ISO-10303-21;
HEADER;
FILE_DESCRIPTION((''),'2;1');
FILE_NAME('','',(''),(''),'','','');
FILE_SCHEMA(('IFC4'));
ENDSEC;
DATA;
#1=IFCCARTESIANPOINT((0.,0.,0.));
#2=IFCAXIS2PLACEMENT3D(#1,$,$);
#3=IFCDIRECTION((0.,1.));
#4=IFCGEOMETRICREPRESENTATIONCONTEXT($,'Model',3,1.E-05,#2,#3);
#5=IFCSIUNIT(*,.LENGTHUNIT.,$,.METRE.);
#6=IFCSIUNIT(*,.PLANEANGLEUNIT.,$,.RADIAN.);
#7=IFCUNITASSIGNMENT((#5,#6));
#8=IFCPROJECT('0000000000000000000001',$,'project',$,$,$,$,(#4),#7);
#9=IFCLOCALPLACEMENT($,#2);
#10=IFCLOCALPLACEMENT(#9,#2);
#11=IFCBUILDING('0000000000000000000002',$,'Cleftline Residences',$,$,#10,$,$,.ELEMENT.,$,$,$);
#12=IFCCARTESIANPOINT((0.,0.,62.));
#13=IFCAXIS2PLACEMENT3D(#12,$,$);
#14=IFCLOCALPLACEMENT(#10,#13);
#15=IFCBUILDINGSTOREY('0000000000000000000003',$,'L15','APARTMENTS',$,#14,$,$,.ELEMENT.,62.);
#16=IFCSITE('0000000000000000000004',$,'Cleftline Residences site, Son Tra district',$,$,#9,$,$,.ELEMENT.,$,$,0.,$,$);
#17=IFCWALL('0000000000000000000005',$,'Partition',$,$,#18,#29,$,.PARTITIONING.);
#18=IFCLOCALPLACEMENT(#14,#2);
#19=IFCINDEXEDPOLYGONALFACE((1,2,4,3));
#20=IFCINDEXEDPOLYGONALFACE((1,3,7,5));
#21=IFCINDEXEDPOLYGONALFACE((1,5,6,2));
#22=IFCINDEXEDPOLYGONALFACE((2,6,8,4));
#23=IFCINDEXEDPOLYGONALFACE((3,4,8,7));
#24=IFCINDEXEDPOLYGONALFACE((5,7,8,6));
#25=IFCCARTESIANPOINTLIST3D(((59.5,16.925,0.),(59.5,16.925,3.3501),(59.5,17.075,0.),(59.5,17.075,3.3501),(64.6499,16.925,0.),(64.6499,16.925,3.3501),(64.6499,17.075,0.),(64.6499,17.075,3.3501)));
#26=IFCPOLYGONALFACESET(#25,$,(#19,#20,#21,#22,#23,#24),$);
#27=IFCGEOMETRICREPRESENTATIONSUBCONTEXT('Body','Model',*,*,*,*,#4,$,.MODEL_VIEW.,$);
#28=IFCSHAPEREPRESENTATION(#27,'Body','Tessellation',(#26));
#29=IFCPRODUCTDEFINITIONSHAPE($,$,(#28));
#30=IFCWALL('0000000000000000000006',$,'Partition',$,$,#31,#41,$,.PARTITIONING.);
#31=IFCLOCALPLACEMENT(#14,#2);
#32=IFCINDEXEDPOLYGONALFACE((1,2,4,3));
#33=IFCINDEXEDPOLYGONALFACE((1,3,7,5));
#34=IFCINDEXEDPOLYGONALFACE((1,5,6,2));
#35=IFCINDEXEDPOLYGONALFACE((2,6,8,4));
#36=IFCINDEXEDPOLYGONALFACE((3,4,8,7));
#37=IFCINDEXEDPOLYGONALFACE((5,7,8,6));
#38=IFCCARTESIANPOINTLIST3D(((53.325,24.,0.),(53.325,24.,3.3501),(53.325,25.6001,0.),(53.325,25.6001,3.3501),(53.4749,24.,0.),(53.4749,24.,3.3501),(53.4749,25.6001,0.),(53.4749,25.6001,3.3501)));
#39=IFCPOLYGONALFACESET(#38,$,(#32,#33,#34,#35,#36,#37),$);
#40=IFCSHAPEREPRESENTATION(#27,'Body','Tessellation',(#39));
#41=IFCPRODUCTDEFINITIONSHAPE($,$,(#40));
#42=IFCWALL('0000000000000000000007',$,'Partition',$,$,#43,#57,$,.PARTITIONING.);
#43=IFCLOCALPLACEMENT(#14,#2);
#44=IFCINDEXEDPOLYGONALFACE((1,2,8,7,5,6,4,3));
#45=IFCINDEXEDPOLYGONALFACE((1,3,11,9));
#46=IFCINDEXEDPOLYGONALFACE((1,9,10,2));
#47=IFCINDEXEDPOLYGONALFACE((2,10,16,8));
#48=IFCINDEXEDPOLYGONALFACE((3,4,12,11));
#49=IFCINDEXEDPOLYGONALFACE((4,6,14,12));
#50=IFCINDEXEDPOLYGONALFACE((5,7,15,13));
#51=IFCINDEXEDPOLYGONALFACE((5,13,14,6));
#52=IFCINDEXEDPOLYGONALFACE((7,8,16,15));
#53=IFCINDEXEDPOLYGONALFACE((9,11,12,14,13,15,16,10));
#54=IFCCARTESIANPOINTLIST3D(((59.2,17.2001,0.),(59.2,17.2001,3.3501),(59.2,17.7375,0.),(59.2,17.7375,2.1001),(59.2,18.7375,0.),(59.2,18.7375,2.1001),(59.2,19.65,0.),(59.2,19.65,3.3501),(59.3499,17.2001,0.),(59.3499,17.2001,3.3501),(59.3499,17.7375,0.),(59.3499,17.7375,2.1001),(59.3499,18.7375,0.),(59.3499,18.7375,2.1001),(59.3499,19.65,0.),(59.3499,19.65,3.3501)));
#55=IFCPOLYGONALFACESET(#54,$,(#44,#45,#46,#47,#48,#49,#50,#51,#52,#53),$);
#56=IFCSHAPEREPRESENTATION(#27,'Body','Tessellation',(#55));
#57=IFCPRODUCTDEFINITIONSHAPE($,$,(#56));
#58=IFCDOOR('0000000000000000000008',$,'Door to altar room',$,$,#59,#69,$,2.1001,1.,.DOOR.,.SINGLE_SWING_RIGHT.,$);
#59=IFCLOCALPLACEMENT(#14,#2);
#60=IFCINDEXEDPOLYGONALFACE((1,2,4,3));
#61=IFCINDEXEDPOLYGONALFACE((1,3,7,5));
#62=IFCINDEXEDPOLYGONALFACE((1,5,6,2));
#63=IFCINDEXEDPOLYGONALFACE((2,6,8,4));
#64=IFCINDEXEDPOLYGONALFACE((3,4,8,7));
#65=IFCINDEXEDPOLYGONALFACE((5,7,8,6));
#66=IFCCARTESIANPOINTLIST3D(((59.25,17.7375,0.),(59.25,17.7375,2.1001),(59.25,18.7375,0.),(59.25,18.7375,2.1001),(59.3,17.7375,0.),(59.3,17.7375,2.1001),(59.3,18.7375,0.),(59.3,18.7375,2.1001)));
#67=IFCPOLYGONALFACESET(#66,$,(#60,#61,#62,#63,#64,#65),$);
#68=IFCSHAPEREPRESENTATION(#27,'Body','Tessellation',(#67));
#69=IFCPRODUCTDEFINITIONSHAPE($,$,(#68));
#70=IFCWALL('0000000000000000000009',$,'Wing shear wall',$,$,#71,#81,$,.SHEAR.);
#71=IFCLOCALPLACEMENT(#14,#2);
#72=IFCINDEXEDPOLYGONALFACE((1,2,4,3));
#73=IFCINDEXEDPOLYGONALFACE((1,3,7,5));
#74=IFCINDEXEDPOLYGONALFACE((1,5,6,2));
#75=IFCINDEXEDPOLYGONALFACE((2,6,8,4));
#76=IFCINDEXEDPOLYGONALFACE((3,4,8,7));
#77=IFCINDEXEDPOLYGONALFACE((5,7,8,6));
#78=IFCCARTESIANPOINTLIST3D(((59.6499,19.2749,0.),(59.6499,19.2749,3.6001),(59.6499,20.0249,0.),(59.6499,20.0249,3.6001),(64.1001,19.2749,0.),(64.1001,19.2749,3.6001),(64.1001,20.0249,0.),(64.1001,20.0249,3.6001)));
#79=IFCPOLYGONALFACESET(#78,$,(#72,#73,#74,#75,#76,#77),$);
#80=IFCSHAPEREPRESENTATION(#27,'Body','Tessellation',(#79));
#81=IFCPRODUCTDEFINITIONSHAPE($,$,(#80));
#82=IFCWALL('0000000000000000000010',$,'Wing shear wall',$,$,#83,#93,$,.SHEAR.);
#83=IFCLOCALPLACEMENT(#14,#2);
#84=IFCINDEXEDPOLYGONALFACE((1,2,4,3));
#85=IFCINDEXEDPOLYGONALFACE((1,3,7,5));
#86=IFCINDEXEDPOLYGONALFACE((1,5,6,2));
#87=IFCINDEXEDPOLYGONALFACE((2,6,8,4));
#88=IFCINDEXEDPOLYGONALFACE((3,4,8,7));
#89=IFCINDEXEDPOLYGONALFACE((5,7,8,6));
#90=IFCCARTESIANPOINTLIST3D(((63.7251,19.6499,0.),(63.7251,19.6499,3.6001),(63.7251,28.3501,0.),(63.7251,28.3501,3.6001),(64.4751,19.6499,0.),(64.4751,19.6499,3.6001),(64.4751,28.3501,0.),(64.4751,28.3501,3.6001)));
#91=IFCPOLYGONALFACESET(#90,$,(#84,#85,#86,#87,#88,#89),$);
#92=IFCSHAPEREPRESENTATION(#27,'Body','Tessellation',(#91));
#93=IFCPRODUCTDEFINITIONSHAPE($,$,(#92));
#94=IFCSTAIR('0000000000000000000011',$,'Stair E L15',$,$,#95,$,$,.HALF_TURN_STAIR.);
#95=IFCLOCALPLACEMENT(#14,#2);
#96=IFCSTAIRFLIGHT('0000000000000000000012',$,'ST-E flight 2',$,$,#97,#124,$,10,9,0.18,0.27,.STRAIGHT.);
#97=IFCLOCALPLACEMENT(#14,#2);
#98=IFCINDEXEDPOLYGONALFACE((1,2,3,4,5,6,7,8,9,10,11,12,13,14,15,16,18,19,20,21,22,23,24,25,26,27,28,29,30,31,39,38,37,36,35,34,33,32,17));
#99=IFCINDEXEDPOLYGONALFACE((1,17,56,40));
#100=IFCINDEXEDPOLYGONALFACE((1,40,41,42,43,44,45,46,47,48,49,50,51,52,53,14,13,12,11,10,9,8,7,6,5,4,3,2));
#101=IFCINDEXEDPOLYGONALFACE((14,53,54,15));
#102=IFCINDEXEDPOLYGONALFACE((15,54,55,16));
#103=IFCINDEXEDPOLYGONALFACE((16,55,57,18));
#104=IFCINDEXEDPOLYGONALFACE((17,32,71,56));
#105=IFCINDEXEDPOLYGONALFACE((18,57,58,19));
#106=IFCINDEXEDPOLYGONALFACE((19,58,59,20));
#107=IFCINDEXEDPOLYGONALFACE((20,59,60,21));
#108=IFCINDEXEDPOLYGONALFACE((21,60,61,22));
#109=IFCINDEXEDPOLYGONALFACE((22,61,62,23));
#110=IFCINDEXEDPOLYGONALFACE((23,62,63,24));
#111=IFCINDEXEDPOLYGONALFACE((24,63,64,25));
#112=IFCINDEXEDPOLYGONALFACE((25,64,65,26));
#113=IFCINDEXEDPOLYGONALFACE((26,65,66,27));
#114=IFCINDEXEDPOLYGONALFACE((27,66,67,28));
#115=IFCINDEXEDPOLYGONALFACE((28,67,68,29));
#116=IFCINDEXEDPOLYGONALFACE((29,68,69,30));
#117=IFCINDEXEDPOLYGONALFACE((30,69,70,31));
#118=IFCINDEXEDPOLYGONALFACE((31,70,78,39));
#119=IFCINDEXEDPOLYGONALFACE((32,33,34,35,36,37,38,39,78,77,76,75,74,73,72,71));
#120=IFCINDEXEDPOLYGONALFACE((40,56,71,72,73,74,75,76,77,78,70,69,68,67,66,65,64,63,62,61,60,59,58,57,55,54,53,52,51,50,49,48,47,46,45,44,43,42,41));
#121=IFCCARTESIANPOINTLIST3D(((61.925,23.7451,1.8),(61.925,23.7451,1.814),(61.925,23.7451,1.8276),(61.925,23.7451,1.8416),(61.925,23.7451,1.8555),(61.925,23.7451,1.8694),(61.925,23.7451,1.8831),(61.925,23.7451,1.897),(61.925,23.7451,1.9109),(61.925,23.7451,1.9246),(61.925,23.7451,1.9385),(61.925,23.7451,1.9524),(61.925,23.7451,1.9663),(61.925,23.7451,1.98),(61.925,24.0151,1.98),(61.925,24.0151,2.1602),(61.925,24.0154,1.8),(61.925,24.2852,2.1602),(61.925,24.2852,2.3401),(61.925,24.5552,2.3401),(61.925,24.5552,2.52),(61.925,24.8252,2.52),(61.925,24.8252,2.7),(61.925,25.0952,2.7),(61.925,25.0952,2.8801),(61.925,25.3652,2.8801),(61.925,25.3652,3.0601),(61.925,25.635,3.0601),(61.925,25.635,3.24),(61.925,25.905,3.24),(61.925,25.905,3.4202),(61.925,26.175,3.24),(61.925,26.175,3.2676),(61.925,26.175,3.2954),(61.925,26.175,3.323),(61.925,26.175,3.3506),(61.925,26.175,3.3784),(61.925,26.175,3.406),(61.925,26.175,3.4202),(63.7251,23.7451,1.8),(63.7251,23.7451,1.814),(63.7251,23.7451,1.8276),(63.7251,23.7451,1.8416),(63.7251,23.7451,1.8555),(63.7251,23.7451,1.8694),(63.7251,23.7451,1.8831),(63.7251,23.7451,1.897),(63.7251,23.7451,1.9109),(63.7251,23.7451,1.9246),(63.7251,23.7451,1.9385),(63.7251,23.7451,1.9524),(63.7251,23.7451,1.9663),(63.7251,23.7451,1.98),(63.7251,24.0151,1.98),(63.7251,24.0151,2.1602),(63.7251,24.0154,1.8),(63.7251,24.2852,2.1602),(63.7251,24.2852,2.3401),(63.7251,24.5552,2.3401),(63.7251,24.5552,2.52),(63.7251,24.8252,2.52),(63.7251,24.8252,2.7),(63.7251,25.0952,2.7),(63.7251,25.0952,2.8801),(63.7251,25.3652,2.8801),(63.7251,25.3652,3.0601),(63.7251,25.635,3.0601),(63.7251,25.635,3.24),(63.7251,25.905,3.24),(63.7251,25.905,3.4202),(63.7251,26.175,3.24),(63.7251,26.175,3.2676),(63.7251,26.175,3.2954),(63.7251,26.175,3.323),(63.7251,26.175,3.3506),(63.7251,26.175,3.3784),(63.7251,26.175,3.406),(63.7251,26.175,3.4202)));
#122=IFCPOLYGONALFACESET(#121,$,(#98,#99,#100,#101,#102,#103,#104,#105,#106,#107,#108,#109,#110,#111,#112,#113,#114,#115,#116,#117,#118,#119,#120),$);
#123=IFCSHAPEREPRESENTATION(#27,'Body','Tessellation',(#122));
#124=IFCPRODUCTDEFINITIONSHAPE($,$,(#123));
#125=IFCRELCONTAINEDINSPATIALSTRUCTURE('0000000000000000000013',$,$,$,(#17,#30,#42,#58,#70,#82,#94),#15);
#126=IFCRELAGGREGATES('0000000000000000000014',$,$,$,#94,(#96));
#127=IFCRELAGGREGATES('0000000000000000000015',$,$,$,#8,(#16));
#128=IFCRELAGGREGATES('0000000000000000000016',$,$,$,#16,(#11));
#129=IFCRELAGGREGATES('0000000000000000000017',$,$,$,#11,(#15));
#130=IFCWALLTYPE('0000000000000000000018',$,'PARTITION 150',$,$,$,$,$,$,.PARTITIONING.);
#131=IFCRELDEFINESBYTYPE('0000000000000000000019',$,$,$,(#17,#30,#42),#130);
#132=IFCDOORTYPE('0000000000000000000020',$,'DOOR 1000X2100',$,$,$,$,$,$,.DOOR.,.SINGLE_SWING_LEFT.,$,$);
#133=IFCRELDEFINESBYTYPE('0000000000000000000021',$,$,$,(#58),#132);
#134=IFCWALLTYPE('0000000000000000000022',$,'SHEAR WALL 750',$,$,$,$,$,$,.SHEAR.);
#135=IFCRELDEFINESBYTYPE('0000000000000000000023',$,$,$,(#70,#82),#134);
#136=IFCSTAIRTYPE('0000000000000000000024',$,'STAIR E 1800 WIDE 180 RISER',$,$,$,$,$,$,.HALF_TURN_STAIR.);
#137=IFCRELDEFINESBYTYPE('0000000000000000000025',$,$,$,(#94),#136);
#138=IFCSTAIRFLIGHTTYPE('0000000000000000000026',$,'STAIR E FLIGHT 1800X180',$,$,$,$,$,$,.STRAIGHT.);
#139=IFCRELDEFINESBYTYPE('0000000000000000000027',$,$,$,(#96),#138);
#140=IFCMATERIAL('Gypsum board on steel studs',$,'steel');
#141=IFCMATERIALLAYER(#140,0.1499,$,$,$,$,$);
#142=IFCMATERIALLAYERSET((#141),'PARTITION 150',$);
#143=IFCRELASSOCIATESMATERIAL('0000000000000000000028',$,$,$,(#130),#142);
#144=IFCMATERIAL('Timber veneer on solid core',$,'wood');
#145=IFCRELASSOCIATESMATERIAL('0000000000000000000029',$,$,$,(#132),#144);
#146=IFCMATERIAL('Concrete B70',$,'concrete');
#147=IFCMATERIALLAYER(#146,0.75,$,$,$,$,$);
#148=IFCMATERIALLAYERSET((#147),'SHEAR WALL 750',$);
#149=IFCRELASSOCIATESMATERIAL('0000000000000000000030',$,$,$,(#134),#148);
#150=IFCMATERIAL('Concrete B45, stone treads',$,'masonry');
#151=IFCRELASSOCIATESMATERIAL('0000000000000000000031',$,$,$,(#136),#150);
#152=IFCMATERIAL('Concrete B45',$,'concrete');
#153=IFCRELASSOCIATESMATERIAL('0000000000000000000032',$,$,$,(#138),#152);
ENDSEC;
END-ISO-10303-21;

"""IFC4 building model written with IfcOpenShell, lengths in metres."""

from ifc_helpers import new_model, si_unit, direction, frame, frame_2d, origin, place, context, subcontext, project, spatial, polyline, rectangle, outline, extrude, material, layer, layer_set, type_object, element, fill, aggregate, save


model = new_model("IFC4")

# Units and contexts
model_context = context("Model", 3, precision=1e-05, world=origin(), true_north=direction((0.0, 1.0)))
body_context = subcontext(model_context, "Body", "Model", "MODEL_VIEW")
ifc_project = project(units=[si_unit("LENGTHUNIT", "METRE"), si_unit("PLANEANGLEUNIT", "RADIAN")], contexts=[model_context])

# Site, building, storey
site_placement = place(None, origin())
site = spatial("IfcSite", under=ifc_project, at=site_placement, Name="Cleftline Residences site, Son Tra district", CompositionType="ELEMENT", RefElevation=0.0)
building_placement = place(site_placement, origin())
building = spatial("IfcBuilding", under=site, at=building_placement, Name="Cleftline Residences", CompositionType="ELEMENT")
storey_placement = place(building_placement, frame((0.0, 0.0, 62.0)))
storey = spatial("IfcBuildingStorey", under=building, at=storey_placement, Name="L15", Description="APARTMENTS", CompositionType="ELEMENT", Elevation=62.0)

# Shared definitions
ifc_material_1 = material(Name="Gypsum board on steel studs", Category="steel")
ifc_layer_1 = layer(ifc_material_1, 0.1499)
ifc_layer_set_1 = layer_set([ifc_layer_1], Name="PARTITION 150")
wall_type_1 = type_object("IfcWallType", Name="PARTITION 150", PredefinedType="PARTITIONING", material=ifc_layer_set_1)

# Shared definitions
ifc_material_2 = material(Name="Timber veneer on solid core", Category="wood")
door_type = type_object("IfcDoorType", Name="DOOR 1000X2100", OperationType="SINGLE_SWING_LEFT", PredefinedType="DOOR", material=ifc_material_2)

# Walls
wall_1_placement = place(storey_placement, frame((59.5, 17.0, 0.0), z_axis=(0.0, 0.0, 1.0), x_axis=(1.0, 0.0, 0.0)))
element("IfcWall", 1, at=wall_1_placement, inside=storey, type_object=wall_type_1, Name="Partition", PredefinedType="PARTITIONING", context=body_context, shape_type="SweptSolid", body=[
    extrude(rectangle(XDim=5.1499, YDim=0.1499, at=frame_2d((2.575, 0.0))), origin(), (0.0, 0.0, 1.0), 3.3501),
])
wall_2_placement = place(storey_placement, frame((53.3999, 24.0, 0.0), z_axis=(0.0, 0.0, 1.0), x_axis=(0.0, 1.0, 0.0)))
element("IfcWall", 2, at=wall_2_placement, inside=storey, type_object=wall_type_1, Name="Partition", PredefinedType="PARTITIONING", context=body_context, shape_type="SweptSolid", body=[
    extrude(rectangle(XDim=1.6001, YDim=0.1499, at=frame_2d((0.8, 0.0))), origin(), (0.0, 0.0, 1.0), 3.3501),
])

# Wall, opening, door
wall_3_placement = place(storey_placement, frame((59.2749, 17.2, 0.0), z_axis=(0.0, 0.0, 1.0), x_axis=(0.0, 1.0, 0.0)))
wall_3 = element("IfcWall", 3, at=wall_3_placement, inside=storey, type_object=wall_type_1, Name="Partition", PredefinedType="PARTITIONING", context=body_context, shape_type="SweptSolid", body=[
    extrude(rectangle(XDim=2.45, YDim=0.1499, at=frame_2d((1.2251, 0.0))), origin(), (0.0, 0.0, 1.0), 3.3501),
])
opening_1_placement = place(wall_3_placement, frame((0.5376, 0.0, 0.0)))
opening_1 = element("IfcOpeningElement", 4, at=opening_1_placement, cuts=wall_3, PredefinedType="OPENING", context=body_context, shape_type="SweptSolid", body=[
    extrude(rectangle(XDim=1.0, YDim=2.1001, at=frame_2d((0.5, 1.05))), frame((0.0, 0.085, 0.0), z_axis=(0.0, -1.0, 0.0), x_axis=(1.0, 0.0, 0.0)), (0.0, 0.0, 1.0), 0.1699),
])
door_1_placement = place(opening_1_placement, origin())
door_1 = element("IfcDoor", 5, at=door_1_placement, inside=storey, type_object=door_type, Name="Door to altar room", OperationType="SINGLE_SWING_RIGHT", OverallHeight=2.1001, OverallWidth=1.0, PredefinedType="DOOR", context=body_context, shape_type="SweptSolid", body=[
    extrude(rectangle(XDim=1.0, YDim=2.1001, at=frame_2d((0.5, 1.05))), frame((0.0, 0.0249, 0.0), z_axis=(0.0, -1.0, 0.0), x_axis=(1.0, 0.0, 0.0)), (0.0, 0.0, 1.0), 0.05),
])
fill(opening_1, door_1)

# Walls
ifc_material_3 = material(Name="Concrete B70", Category="concrete")
ifc_layer_2 = layer(ifc_material_3, 0.75)
ifc_layer_set_2 = layer_set([ifc_layer_2], Name="SHEAR WALL 750")
wall_type_2 = type_object("IfcWallType", Name="SHEAR WALL 750", PredefinedType="SHEAR", material=ifc_layer_set_2)
wall_4_placement = place(storey_placement, frame((59.6499, 19.6499, 0.0), z_axis=(0.0, 0.0, 1.0), x_axis=(1.0, 0.0, 0.0)))
element("IfcWall", 6, at=wall_4_placement, inside=storey, type_object=wall_type_2, Name="Wing shear wall", PredefinedType="SHEAR", context=body_context, shape_type="SweptSolid", body=[
    extrude(rectangle(XDim=4.4502, YDim=0.75, at=frame_2d((2.2251, 0.0))), origin(), (0.0, 0.0, 1.0), 3.6001),
])
wall_5_placement = place(storey_placement, frame((64.1001, 19.6499, 0.0), z_axis=(0.0, 0.0, 1.0), x_axis=(0.0, 1.0, 0.0)))
element("IfcWall", 7, at=wall_5_placement, inside=storey, type_object=wall_type_2, Name="Wing shear wall", PredefinedType="SHEAR", context=body_context, shape_type="SweptSolid", body=[
    extrude(rectangle(XDim=8.7002, YDim=0.75, at=frame_2d((4.3501, 0.0))), origin(), (0.0, 0.0, 1.0), 3.6001),
])

# Stair, stair flight
ifc_material_4 = material(Name="Concrete B45, stone treads", Category="masonry")
stair_type = type_object("IfcStairType", Name="STAIR E 1800 WIDE 180 RISER", PredefinedType="HALF_TURN_STAIR", material=ifc_material_4)
stair_placement = place(storey_placement, origin())
stair = element("IfcStair", 8, at=stair_placement, inside=storey, type_object=stair_type, Name="Stair E L15", PredefinedType="HALF_TURN_STAIR")
ifc_material_5 = material(Name="Concrete B45", Category="concrete")
stair_flight_type = type_object("IfcStairFlightType", Name="STAIR E FLIGHT 1800X180", PredefinedType="STRAIGHT", material=ifc_material_5)
stair_flight_placement = place(storey_placement, frame((62.825, 23.7451, 1.8), z_axis=(0.0, 0.0, 1.0), x_axis=(0.0, 1.0, 0.0)))
stair_flight = element("IfcStairFlight", 9, at=stair_flight_placement, type_object=stair_flight_type, Name="ST-E flight 2", NumberOfRisers=10, NumberOfTreads=9, PredefinedType="STRAIGHT", RiserHeight=0.18, TreadLength=0.27, context=body_context, shape_type="SweptSolid", body=[
    extrude(outline(polyline([(0.0, 0.0), (0.0, 0.0139), (0.0, 0.0276), (0.0, 0.0415), (0.0, 0.0554), (0.0, 0.0693), (0.0, 0.083), (0.0, 0.0969), (0.0, 0.1108), (0.0, 0.1245), (0.0, 0.1384), (0.0, 0.1523), (0.0, 0.1663), (0.0, 0.1799), (0.27, 0.1799), (0.27, 0.3601), (0.54, 0.3601), (0.54, 0.54), (0.8101, 0.54), (0.8101, 0.72), (1.0801, 0.72), (1.0801, 0.8999), (1.3501, 0.8999), (1.3501, 1.0801), (1.6201, 1.0801), (1.6201, 1.26), (1.8899, 1.26), (1.8899, 1.4399), (2.1599, 1.4399), (2.1599, 1.6201), (2.4299, 1.6201), (2.4299, 1.8), (2.4299, 1.7722), (2.4299, 1.7446), (2.4299, 1.7168), (2.4299, 1.6892), (2.4299, 1.6614), (2.4299, 1.6338), (2.4299, 1.606), (2.4299, 1.5784), (2.4299, 1.5505), (2.4299, 1.5229), (2.4299, 1.4954), (2.4299, 1.4675), (2.4299, 1.4399), (0.2703, 0.0), (0.0, 0.0)])), frame((0.0, 0.8999, 0.0), z_axis=(0.0, -1.0, 0.0), x_axis=(1.0, 0.0, 0.0)), (0.0, 0.0, 1.0), 1.8),
])
aggregate(stair, [stair_flight])

save(model, "model.ifc")
